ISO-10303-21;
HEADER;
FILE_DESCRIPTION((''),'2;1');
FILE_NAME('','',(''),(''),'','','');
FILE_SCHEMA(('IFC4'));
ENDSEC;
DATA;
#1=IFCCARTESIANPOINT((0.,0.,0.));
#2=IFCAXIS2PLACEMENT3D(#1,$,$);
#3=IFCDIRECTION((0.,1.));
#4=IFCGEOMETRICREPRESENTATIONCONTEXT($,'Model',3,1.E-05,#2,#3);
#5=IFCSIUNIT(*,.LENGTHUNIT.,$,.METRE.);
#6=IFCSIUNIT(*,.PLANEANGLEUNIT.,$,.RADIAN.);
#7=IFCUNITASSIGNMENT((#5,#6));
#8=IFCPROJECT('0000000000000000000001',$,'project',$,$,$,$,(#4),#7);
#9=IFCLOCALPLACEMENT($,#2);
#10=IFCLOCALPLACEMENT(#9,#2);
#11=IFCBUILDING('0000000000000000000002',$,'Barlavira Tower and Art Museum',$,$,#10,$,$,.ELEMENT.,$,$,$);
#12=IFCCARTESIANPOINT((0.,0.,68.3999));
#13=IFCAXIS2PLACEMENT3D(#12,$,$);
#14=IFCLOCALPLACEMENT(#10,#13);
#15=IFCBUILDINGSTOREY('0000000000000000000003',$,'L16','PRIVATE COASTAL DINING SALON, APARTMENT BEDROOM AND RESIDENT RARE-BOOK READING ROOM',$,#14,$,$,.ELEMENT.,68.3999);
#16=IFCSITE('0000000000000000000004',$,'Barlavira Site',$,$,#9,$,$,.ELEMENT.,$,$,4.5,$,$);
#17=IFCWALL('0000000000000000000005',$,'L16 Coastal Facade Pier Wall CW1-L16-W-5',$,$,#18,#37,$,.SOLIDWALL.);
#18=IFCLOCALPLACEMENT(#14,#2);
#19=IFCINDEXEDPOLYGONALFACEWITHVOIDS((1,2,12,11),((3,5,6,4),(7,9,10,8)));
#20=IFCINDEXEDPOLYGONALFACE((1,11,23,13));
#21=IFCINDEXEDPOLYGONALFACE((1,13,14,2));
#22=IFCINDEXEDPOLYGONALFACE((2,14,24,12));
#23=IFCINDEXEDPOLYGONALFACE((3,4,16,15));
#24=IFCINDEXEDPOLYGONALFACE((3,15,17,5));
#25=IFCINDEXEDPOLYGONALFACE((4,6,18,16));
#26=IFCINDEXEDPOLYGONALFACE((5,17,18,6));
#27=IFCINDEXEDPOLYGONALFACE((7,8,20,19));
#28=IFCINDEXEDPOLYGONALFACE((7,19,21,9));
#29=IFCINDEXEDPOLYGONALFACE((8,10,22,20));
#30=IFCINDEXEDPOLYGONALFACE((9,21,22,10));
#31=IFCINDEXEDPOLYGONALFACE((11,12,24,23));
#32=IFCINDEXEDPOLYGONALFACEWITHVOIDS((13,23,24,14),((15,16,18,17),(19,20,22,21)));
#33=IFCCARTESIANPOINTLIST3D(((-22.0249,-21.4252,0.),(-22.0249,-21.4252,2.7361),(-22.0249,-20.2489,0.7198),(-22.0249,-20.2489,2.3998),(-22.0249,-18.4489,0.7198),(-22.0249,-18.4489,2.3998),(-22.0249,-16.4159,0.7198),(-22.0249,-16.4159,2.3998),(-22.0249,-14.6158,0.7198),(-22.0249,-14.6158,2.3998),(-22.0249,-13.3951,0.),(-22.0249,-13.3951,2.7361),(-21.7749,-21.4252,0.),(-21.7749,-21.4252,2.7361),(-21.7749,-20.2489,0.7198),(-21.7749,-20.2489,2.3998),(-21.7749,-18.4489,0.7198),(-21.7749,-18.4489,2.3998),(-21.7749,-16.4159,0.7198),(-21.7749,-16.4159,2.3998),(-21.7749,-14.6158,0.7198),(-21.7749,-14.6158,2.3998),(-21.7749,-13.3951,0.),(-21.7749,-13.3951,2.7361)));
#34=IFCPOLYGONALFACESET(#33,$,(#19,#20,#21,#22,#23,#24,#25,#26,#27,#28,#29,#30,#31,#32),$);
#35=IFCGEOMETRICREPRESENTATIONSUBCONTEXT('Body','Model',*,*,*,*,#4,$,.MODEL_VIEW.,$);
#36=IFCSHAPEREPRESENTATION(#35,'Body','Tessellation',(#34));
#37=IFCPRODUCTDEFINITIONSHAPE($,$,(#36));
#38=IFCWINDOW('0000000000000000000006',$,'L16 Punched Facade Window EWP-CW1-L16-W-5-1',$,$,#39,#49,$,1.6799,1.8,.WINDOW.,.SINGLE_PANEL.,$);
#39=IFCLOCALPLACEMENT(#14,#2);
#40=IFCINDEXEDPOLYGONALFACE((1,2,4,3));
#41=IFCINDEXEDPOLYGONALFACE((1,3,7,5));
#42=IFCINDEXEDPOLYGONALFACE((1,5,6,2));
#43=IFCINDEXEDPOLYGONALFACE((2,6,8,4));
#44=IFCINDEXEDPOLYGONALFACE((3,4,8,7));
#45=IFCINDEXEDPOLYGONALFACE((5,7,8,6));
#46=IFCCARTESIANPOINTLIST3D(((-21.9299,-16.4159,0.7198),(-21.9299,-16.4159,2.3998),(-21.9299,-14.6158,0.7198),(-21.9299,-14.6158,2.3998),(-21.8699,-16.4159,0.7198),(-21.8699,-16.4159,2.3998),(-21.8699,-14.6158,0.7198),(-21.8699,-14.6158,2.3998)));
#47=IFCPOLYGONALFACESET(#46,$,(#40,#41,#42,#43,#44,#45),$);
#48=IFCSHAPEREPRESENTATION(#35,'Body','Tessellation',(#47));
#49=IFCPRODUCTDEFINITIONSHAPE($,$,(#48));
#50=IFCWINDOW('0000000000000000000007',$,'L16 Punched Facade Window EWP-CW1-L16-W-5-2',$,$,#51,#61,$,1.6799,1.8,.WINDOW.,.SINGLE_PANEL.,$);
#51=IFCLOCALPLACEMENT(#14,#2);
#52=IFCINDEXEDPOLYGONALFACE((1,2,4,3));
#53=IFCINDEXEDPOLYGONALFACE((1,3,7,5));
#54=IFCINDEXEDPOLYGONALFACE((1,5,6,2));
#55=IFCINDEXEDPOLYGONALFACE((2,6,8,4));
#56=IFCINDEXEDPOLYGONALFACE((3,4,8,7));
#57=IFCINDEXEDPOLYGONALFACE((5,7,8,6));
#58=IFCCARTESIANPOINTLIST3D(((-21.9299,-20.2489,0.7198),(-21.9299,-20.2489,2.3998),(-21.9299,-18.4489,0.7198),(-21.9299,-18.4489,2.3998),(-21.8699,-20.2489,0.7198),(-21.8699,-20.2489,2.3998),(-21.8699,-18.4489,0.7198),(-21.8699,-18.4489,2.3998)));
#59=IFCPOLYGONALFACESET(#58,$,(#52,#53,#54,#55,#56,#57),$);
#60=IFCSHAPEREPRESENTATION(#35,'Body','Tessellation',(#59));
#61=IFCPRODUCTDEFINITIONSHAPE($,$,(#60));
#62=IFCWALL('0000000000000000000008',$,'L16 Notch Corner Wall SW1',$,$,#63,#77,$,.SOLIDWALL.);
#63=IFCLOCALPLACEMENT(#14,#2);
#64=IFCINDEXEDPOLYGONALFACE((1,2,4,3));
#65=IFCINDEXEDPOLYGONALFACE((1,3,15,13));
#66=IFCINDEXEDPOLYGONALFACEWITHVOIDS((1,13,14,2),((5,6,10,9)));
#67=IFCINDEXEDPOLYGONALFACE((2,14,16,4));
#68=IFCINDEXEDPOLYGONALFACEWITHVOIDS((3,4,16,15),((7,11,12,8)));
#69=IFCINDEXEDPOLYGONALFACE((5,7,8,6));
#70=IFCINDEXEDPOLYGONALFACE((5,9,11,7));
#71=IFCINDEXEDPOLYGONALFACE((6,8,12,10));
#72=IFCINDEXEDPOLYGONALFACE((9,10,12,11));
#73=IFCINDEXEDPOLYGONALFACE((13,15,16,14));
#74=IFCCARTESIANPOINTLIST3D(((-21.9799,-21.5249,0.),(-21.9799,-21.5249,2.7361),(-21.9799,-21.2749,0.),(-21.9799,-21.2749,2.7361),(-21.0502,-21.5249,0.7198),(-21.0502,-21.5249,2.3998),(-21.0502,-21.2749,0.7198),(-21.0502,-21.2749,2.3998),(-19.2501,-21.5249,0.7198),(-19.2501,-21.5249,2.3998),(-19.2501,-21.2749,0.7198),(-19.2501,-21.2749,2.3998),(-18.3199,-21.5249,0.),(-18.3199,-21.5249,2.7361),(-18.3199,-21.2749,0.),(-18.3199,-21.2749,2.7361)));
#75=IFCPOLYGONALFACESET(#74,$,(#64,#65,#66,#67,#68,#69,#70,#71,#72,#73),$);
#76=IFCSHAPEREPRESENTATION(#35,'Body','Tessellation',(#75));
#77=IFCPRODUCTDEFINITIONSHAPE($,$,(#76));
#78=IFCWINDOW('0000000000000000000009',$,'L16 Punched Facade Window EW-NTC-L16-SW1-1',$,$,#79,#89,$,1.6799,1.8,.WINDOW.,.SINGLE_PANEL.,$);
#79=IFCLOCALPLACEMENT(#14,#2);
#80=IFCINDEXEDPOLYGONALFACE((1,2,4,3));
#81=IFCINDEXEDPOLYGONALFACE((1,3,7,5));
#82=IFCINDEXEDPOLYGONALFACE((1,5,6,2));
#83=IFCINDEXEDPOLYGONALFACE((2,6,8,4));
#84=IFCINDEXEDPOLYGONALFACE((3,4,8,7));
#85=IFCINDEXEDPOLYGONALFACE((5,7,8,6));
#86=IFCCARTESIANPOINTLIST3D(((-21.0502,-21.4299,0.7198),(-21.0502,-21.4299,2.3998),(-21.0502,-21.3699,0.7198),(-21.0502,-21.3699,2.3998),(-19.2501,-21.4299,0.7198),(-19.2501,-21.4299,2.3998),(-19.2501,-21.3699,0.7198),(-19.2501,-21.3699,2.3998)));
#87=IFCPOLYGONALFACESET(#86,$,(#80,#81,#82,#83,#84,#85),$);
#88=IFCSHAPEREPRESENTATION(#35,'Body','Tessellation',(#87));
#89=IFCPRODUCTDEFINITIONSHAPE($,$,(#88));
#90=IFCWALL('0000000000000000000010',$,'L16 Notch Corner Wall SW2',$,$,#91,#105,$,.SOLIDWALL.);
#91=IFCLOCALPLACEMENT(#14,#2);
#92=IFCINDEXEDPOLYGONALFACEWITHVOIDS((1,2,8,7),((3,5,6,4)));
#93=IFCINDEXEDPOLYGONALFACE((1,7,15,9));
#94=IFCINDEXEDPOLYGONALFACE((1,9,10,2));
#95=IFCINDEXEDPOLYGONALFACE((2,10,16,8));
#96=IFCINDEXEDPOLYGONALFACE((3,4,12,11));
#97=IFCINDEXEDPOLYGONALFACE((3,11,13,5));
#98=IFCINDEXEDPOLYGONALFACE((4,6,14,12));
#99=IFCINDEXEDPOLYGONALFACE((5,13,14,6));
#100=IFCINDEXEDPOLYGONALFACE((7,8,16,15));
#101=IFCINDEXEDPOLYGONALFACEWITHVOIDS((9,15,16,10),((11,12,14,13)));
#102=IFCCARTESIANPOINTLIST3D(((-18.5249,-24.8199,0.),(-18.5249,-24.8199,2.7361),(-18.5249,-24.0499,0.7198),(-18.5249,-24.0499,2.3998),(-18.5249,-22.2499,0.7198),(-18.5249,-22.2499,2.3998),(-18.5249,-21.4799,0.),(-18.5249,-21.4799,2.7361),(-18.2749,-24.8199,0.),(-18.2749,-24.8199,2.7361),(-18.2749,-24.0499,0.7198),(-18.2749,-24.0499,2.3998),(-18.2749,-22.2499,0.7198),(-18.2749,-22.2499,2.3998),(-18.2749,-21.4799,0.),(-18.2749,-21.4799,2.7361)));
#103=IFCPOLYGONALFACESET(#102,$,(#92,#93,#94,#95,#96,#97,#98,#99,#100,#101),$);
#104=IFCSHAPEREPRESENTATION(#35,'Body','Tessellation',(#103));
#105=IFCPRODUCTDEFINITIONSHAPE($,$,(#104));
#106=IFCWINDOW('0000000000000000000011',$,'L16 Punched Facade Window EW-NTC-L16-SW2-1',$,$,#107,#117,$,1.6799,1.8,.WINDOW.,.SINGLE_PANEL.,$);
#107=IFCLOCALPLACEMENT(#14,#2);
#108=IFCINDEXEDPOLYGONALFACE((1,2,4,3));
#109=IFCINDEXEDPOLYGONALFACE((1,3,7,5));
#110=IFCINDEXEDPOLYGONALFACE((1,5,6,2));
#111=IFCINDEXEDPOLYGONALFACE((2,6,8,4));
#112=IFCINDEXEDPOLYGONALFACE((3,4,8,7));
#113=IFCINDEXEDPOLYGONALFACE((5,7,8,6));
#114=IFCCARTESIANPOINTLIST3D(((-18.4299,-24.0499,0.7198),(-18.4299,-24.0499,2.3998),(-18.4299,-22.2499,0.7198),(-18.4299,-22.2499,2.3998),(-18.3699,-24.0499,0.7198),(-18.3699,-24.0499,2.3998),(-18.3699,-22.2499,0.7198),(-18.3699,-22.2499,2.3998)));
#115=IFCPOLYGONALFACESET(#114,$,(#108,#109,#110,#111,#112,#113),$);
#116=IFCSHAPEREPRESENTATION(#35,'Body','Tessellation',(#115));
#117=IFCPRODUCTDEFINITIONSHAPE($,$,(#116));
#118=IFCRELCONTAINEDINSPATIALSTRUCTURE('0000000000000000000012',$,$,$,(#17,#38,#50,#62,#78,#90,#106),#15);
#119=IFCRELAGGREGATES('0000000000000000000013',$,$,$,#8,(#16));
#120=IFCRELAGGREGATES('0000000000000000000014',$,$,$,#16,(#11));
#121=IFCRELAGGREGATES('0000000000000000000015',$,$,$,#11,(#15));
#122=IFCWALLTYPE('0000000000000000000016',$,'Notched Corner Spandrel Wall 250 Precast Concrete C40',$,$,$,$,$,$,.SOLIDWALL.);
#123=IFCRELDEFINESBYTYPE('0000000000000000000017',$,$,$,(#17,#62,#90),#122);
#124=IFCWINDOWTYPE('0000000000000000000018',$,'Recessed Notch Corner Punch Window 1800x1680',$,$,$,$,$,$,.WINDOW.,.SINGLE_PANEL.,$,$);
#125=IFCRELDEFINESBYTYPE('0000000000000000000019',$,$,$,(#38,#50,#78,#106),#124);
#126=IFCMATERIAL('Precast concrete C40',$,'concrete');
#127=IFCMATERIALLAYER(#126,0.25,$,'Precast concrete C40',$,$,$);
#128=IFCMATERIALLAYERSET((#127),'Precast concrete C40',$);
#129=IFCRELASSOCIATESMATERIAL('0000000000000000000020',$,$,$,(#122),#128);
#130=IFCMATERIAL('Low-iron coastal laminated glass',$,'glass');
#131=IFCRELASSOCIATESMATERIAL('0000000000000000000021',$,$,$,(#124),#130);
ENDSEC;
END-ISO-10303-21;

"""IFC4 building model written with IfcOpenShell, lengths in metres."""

from ifc_helpers import new_model, si_unit, direction, frame, frame_2d, origin, place, context, subcontext, project, spatial, rectangle, extrude, material, layer, layer_set, type_object, element, fill, save


model = new_model("IFC4")

# Units and contexts
model_context = context("Model", 3, precision=1e-05, world=origin(), true_north=direction((0.0, 1.0)))
body_context = subcontext(model_context, "Body", "Model", "MODEL_VIEW")
ifc_project = project(units=[si_unit("LENGTHUNIT", "METRE"), si_unit("PLANEANGLEUNIT", "RADIAN")], contexts=[model_context])

# Site, building, storey
site_placement = place(None, origin())
site = spatial("IfcSite", under=ifc_project, at=site_placement, Name="Barlavira Site", CompositionType="ELEMENT", RefElevation=4.5)
building_placement = place(site_placement, origin())
building = spatial("IfcBuilding", under=site, at=building_placement, Name="Barlavira Tower and Art Museum", CompositionType="ELEMENT")
storey_placement = place(building_placement, frame((0.0, 0.0, 68.3999)))
storey = spatial("IfcBuildingStorey", under=building, at=storey_placement, Name="L16", Description="PRIVATE COASTAL DINING SALON, APARTMENT BEDROOM AND RESIDENT RARE-BOOK READING ROOM", CompositionType="ELEMENT", Elevation=68.3999)

# Wall, openings, windows
ifc_material_1 = material(Name="Precast concrete C40", Category="concrete")
ifc_layer_1 = layer(ifc_material_1, 0.25, Name="Precast concrete C40")
ifc_layer_set_1 = layer_set([ifc_layer_1], Name="Precast concrete C40")
wall_type_1 = type_object("IfcWallType", Name="Notched Corner Spandrel Wall 250 Precast Concrete C40", PredefinedType="SOLIDWALL", material=ifc_layer_set_1)
ifc_material_2 = material(Name="Low-iron coastal laminated glass", Category="glass")
window_type = type_object("IfcWindowType", Name="Recessed Notch Corner Punch Window 1800x1680", PartitioningType="SINGLE_PANEL", PredefinedType="WINDOW", material=ifc_material_2)
wall_1_placement = place(storey_placement, frame((-21.8999, -13.395, 0.0), z_axis=(0.0, 0.0, 1.0), x_axis=(0.0, -1.0, 0.0)))
wall_1 = element("IfcWall", 1, at=wall_1_placement, inside=storey, type_object=wall_type_1, Name="L16 Coastal Facade Pier Wall CW1-L16-W-5", PredefinedType="SOLIDWALL", context=body_context, shape_type="SweptSolid", body=[
    extrude(rectangle(XDim=8.03, YDim=0.25, at=frame_2d((4.0151, 0.0))), origin(), (0.0, 0.0, 1.0), 2.7361),
])
opening_1_placement = place(wall_1_placement, frame((1.2209, 0.0, 0.72)))
opening_1 = element("IfcOpeningElement", 2, at=opening_1_placement, cuts=wall_1, PredefinedType="OPENING", context=body_context, shape_type="SweptSolid", body=[
    extrude(rectangle(XDim=1.8, YDim=1.6799, at=frame_2d((0.8999, 0.8398))), frame((0.0, 0.135, 0.0), z_axis=(0.0, -1.0, 0.0), x_axis=(1.0, 0.0, 0.0)), (0.0, 0.0, 1.0), 0.27),
])
opening_2_placement = place(wall_1_placement, frame((5.054, 0.0, 0.72)))
opening_2 = element("IfcOpeningElement", 3, at=opening_2_placement, cuts=wall_1, PredefinedType="OPENING", context=body_context, shape_type="SweptSolid", body=[
    extrude(rectangle(XDim=1.8, YDim=1.6799, at=frame_2d((0.8999, 0.8398))), frame((0.0, 0.135, 0.0), z_axis=(0.0, -1.0, 0.0), x_axis=(1.0, 0.0, 0.0)), (0.0, 0.0, 1.0), 0.27),
])
window_1_placement = place(opening_1_placement, origin())
window_1 = element("IfcWindow", 4, at=window_1_placement, inside=storey, type_object=window_type, Name="L16 Punched Facade Window EWP-CW1-L16-W-5-1", OverallHeight=1.6799, OverallWidth=1.8, PartitioningType="SINGLE_PANEL", PredefinedType="WINDOW", context=body_context, shape_type="SweptSolid", body=[
    extrude(rectangle(XDim=1.8, YDim=1.6799, at=frame_2d((0.8999, 0.8398))), frame((0.0, 0.03, 0.0), z_axis=(0.0, -1.0, 0.0), x_axis=(1.0, 0.0, 0.0)), (0.0, 0.0, 1.0), 0.0601),
])
fill(opening_1, window_1)
window_2_placement = place(opening_2_placement, origin())
window_2 = element("IfcWindow", 5, at=window_2_placement, inside=storey, type_object=window_type, Name="L16 Punched Facade Window EWP-CW1-L16-W-5-2", OverallHeight=1.6799, OverallWidth=1.8, PartitioningType="SINGLE_PANEL", PredefinedType="WINDOW", context=body_context, shape_type="SweptSolid", body=[
    extrude(rectangle(XDim=1.8, YDim=1.6799, at=frame_2d((0.8999, 0.8398))), frame((0.0, 0.03, 0.0), z_axis=(0.0, -1.0, 0.0), x_axis=(1.0, 0.0, 0.0)), (0.0, 0.0, 1.0), 0.0601),
])
fill(opening_2, window_2)

# Walls, openings, windows
wall_2_placement = place(storey_placement, frame((-21.98, -21.3999, 0.0), z_axis=(0.0, 0.0, 1.0), x_axis=(1.0, 0.0, 0.0)))
wall_2 = element("IfcWall", 6, at=wall_2_placement, inside=storey, type_object=wall_type_1, Name="L16 Notch Corner Wall SW1", PredefinedType="SOLIDWALL", context=body_context, shape_type="SweptSolid", body=[
    extrude(rectangle(XDim=3.6599, YDim=0.25, at=frame_2d((1.8301, 0.0))), origin(), (0.0, 0.0, 1.0), 2.7361),
])
opening_3_placement = place(wall_2_placement, frame((0.9299, 0.0, 0.72)))
opening_3 = element("IfcOpeningElement", 7, at=opening_3_placement, cuts=wall_2, PredefinedType="OPENING", context=body_context, shape_type="SweptSolid", body=[
    extrude(rectangle(XDim=1.8, YDim=1.6799, at=frame_2d((0.8999, 0.8398))), frame((0.0, 0.135, 0.0), z_axis=(0.0, -1.0, 0.0), x_axis=(1.0, 0.0, 0.0)), (0.0, 0.0, 1.0), 0.27),
])
window_3_placement = place(opening_3_placement, origin())
window_3 = element("IfcWindow", 8, at=window_3_placement, inside=storey, type_object=window_type, Name="L16 Punched Facade Window EW-NTC-L16-SW1-1", OverallHeight=1.6799, OverallWidth=1.8, PartitioningType="SINGLE_PANEL", PredefinedType="WINDOW", context=body_context, shape_type="SweptSolid", body=[
    extrude(rectangle(XDim=1.8, YDim=1.6799, at=frame_2d((0.8999, 0.8398))), frame((0.0, 0.03, 0.0), z_axis=(0.0, -1.0, 0.0), x_axis=(1.0, 0.0, 0.0)), (0.0, 0.0, 1.0), 0.0601),
])
fill(opening_3, window_3)
wall_3_placement = place(storey_placement, frame((-18.3999, -21.48, 0.0), z_axis=(0.0, 0.0, 1.0), x_axis=(0.0, -1.0, 0.0)))
wall_3 = element("IfcWall", 9, at=wall_3_placement, inside=storey, type_object=wall_type_1, Name="L16 Notch Corner Wall SW2", PredefinedType="SOLIDWALL", context=body_context, shape_type="SweptSolid", body=[
    extrude(rectangle(XDim=3.3401, YDim=0.25, at=frame_2d((1.6699, 0.0))), origin(), (0.0, 0.0, 1.0), 2.7361),
])
opening_4_placement = place(wall_3_placement, frame((0.77, 0.0, 0.72)))
opening_4 = element("IfcOpeningElement", 10, at=opening_4_placement, cuts=wall_3, PredefinedType="OPENING", context=body_context, shape_type="SweptSolid", body=[
    extrude(rectangle(XDim=1.8, YDim=1.6799, at=frame_2d((0.8999, 0.8398))), frame((0.0, 0.135, 0.0), z_axis=(0.0, -1.0, 0.0), x_axis=(1.0, 0.0, 0.0)), (0.0, 0.0, 1.0), 0.27),
])
window_4_placement = place(opening_4_placement, origin())
window_4 = element("IfcWindow", 11, at=window_4_placement, inside=storey, type_object=window_type, Name="L16 Punched Facade Window EW-NTC-L16-SW2-1", OverallHeight=1.6799, OverallWidth=1.8, PartitioningType="SINGLE_PANEL", PredefinedType="WINDOW", context=body_context, shape_type="SweptSolid", body=[
    extrude(rectangle(XDim=1.8, YDim=1.6799, at=frame_2d((0.8999, 0.8398))), frame((0.0, 0.03, 0.0), z_axis=(0.0, -1.0, 0.0), x_axis=(1.0, 0.0, 0.0)), (0.0, 0.0, 1.0), 0.0601),
])
fill(opening_4, window_4)

save(model, "model.ifc")
